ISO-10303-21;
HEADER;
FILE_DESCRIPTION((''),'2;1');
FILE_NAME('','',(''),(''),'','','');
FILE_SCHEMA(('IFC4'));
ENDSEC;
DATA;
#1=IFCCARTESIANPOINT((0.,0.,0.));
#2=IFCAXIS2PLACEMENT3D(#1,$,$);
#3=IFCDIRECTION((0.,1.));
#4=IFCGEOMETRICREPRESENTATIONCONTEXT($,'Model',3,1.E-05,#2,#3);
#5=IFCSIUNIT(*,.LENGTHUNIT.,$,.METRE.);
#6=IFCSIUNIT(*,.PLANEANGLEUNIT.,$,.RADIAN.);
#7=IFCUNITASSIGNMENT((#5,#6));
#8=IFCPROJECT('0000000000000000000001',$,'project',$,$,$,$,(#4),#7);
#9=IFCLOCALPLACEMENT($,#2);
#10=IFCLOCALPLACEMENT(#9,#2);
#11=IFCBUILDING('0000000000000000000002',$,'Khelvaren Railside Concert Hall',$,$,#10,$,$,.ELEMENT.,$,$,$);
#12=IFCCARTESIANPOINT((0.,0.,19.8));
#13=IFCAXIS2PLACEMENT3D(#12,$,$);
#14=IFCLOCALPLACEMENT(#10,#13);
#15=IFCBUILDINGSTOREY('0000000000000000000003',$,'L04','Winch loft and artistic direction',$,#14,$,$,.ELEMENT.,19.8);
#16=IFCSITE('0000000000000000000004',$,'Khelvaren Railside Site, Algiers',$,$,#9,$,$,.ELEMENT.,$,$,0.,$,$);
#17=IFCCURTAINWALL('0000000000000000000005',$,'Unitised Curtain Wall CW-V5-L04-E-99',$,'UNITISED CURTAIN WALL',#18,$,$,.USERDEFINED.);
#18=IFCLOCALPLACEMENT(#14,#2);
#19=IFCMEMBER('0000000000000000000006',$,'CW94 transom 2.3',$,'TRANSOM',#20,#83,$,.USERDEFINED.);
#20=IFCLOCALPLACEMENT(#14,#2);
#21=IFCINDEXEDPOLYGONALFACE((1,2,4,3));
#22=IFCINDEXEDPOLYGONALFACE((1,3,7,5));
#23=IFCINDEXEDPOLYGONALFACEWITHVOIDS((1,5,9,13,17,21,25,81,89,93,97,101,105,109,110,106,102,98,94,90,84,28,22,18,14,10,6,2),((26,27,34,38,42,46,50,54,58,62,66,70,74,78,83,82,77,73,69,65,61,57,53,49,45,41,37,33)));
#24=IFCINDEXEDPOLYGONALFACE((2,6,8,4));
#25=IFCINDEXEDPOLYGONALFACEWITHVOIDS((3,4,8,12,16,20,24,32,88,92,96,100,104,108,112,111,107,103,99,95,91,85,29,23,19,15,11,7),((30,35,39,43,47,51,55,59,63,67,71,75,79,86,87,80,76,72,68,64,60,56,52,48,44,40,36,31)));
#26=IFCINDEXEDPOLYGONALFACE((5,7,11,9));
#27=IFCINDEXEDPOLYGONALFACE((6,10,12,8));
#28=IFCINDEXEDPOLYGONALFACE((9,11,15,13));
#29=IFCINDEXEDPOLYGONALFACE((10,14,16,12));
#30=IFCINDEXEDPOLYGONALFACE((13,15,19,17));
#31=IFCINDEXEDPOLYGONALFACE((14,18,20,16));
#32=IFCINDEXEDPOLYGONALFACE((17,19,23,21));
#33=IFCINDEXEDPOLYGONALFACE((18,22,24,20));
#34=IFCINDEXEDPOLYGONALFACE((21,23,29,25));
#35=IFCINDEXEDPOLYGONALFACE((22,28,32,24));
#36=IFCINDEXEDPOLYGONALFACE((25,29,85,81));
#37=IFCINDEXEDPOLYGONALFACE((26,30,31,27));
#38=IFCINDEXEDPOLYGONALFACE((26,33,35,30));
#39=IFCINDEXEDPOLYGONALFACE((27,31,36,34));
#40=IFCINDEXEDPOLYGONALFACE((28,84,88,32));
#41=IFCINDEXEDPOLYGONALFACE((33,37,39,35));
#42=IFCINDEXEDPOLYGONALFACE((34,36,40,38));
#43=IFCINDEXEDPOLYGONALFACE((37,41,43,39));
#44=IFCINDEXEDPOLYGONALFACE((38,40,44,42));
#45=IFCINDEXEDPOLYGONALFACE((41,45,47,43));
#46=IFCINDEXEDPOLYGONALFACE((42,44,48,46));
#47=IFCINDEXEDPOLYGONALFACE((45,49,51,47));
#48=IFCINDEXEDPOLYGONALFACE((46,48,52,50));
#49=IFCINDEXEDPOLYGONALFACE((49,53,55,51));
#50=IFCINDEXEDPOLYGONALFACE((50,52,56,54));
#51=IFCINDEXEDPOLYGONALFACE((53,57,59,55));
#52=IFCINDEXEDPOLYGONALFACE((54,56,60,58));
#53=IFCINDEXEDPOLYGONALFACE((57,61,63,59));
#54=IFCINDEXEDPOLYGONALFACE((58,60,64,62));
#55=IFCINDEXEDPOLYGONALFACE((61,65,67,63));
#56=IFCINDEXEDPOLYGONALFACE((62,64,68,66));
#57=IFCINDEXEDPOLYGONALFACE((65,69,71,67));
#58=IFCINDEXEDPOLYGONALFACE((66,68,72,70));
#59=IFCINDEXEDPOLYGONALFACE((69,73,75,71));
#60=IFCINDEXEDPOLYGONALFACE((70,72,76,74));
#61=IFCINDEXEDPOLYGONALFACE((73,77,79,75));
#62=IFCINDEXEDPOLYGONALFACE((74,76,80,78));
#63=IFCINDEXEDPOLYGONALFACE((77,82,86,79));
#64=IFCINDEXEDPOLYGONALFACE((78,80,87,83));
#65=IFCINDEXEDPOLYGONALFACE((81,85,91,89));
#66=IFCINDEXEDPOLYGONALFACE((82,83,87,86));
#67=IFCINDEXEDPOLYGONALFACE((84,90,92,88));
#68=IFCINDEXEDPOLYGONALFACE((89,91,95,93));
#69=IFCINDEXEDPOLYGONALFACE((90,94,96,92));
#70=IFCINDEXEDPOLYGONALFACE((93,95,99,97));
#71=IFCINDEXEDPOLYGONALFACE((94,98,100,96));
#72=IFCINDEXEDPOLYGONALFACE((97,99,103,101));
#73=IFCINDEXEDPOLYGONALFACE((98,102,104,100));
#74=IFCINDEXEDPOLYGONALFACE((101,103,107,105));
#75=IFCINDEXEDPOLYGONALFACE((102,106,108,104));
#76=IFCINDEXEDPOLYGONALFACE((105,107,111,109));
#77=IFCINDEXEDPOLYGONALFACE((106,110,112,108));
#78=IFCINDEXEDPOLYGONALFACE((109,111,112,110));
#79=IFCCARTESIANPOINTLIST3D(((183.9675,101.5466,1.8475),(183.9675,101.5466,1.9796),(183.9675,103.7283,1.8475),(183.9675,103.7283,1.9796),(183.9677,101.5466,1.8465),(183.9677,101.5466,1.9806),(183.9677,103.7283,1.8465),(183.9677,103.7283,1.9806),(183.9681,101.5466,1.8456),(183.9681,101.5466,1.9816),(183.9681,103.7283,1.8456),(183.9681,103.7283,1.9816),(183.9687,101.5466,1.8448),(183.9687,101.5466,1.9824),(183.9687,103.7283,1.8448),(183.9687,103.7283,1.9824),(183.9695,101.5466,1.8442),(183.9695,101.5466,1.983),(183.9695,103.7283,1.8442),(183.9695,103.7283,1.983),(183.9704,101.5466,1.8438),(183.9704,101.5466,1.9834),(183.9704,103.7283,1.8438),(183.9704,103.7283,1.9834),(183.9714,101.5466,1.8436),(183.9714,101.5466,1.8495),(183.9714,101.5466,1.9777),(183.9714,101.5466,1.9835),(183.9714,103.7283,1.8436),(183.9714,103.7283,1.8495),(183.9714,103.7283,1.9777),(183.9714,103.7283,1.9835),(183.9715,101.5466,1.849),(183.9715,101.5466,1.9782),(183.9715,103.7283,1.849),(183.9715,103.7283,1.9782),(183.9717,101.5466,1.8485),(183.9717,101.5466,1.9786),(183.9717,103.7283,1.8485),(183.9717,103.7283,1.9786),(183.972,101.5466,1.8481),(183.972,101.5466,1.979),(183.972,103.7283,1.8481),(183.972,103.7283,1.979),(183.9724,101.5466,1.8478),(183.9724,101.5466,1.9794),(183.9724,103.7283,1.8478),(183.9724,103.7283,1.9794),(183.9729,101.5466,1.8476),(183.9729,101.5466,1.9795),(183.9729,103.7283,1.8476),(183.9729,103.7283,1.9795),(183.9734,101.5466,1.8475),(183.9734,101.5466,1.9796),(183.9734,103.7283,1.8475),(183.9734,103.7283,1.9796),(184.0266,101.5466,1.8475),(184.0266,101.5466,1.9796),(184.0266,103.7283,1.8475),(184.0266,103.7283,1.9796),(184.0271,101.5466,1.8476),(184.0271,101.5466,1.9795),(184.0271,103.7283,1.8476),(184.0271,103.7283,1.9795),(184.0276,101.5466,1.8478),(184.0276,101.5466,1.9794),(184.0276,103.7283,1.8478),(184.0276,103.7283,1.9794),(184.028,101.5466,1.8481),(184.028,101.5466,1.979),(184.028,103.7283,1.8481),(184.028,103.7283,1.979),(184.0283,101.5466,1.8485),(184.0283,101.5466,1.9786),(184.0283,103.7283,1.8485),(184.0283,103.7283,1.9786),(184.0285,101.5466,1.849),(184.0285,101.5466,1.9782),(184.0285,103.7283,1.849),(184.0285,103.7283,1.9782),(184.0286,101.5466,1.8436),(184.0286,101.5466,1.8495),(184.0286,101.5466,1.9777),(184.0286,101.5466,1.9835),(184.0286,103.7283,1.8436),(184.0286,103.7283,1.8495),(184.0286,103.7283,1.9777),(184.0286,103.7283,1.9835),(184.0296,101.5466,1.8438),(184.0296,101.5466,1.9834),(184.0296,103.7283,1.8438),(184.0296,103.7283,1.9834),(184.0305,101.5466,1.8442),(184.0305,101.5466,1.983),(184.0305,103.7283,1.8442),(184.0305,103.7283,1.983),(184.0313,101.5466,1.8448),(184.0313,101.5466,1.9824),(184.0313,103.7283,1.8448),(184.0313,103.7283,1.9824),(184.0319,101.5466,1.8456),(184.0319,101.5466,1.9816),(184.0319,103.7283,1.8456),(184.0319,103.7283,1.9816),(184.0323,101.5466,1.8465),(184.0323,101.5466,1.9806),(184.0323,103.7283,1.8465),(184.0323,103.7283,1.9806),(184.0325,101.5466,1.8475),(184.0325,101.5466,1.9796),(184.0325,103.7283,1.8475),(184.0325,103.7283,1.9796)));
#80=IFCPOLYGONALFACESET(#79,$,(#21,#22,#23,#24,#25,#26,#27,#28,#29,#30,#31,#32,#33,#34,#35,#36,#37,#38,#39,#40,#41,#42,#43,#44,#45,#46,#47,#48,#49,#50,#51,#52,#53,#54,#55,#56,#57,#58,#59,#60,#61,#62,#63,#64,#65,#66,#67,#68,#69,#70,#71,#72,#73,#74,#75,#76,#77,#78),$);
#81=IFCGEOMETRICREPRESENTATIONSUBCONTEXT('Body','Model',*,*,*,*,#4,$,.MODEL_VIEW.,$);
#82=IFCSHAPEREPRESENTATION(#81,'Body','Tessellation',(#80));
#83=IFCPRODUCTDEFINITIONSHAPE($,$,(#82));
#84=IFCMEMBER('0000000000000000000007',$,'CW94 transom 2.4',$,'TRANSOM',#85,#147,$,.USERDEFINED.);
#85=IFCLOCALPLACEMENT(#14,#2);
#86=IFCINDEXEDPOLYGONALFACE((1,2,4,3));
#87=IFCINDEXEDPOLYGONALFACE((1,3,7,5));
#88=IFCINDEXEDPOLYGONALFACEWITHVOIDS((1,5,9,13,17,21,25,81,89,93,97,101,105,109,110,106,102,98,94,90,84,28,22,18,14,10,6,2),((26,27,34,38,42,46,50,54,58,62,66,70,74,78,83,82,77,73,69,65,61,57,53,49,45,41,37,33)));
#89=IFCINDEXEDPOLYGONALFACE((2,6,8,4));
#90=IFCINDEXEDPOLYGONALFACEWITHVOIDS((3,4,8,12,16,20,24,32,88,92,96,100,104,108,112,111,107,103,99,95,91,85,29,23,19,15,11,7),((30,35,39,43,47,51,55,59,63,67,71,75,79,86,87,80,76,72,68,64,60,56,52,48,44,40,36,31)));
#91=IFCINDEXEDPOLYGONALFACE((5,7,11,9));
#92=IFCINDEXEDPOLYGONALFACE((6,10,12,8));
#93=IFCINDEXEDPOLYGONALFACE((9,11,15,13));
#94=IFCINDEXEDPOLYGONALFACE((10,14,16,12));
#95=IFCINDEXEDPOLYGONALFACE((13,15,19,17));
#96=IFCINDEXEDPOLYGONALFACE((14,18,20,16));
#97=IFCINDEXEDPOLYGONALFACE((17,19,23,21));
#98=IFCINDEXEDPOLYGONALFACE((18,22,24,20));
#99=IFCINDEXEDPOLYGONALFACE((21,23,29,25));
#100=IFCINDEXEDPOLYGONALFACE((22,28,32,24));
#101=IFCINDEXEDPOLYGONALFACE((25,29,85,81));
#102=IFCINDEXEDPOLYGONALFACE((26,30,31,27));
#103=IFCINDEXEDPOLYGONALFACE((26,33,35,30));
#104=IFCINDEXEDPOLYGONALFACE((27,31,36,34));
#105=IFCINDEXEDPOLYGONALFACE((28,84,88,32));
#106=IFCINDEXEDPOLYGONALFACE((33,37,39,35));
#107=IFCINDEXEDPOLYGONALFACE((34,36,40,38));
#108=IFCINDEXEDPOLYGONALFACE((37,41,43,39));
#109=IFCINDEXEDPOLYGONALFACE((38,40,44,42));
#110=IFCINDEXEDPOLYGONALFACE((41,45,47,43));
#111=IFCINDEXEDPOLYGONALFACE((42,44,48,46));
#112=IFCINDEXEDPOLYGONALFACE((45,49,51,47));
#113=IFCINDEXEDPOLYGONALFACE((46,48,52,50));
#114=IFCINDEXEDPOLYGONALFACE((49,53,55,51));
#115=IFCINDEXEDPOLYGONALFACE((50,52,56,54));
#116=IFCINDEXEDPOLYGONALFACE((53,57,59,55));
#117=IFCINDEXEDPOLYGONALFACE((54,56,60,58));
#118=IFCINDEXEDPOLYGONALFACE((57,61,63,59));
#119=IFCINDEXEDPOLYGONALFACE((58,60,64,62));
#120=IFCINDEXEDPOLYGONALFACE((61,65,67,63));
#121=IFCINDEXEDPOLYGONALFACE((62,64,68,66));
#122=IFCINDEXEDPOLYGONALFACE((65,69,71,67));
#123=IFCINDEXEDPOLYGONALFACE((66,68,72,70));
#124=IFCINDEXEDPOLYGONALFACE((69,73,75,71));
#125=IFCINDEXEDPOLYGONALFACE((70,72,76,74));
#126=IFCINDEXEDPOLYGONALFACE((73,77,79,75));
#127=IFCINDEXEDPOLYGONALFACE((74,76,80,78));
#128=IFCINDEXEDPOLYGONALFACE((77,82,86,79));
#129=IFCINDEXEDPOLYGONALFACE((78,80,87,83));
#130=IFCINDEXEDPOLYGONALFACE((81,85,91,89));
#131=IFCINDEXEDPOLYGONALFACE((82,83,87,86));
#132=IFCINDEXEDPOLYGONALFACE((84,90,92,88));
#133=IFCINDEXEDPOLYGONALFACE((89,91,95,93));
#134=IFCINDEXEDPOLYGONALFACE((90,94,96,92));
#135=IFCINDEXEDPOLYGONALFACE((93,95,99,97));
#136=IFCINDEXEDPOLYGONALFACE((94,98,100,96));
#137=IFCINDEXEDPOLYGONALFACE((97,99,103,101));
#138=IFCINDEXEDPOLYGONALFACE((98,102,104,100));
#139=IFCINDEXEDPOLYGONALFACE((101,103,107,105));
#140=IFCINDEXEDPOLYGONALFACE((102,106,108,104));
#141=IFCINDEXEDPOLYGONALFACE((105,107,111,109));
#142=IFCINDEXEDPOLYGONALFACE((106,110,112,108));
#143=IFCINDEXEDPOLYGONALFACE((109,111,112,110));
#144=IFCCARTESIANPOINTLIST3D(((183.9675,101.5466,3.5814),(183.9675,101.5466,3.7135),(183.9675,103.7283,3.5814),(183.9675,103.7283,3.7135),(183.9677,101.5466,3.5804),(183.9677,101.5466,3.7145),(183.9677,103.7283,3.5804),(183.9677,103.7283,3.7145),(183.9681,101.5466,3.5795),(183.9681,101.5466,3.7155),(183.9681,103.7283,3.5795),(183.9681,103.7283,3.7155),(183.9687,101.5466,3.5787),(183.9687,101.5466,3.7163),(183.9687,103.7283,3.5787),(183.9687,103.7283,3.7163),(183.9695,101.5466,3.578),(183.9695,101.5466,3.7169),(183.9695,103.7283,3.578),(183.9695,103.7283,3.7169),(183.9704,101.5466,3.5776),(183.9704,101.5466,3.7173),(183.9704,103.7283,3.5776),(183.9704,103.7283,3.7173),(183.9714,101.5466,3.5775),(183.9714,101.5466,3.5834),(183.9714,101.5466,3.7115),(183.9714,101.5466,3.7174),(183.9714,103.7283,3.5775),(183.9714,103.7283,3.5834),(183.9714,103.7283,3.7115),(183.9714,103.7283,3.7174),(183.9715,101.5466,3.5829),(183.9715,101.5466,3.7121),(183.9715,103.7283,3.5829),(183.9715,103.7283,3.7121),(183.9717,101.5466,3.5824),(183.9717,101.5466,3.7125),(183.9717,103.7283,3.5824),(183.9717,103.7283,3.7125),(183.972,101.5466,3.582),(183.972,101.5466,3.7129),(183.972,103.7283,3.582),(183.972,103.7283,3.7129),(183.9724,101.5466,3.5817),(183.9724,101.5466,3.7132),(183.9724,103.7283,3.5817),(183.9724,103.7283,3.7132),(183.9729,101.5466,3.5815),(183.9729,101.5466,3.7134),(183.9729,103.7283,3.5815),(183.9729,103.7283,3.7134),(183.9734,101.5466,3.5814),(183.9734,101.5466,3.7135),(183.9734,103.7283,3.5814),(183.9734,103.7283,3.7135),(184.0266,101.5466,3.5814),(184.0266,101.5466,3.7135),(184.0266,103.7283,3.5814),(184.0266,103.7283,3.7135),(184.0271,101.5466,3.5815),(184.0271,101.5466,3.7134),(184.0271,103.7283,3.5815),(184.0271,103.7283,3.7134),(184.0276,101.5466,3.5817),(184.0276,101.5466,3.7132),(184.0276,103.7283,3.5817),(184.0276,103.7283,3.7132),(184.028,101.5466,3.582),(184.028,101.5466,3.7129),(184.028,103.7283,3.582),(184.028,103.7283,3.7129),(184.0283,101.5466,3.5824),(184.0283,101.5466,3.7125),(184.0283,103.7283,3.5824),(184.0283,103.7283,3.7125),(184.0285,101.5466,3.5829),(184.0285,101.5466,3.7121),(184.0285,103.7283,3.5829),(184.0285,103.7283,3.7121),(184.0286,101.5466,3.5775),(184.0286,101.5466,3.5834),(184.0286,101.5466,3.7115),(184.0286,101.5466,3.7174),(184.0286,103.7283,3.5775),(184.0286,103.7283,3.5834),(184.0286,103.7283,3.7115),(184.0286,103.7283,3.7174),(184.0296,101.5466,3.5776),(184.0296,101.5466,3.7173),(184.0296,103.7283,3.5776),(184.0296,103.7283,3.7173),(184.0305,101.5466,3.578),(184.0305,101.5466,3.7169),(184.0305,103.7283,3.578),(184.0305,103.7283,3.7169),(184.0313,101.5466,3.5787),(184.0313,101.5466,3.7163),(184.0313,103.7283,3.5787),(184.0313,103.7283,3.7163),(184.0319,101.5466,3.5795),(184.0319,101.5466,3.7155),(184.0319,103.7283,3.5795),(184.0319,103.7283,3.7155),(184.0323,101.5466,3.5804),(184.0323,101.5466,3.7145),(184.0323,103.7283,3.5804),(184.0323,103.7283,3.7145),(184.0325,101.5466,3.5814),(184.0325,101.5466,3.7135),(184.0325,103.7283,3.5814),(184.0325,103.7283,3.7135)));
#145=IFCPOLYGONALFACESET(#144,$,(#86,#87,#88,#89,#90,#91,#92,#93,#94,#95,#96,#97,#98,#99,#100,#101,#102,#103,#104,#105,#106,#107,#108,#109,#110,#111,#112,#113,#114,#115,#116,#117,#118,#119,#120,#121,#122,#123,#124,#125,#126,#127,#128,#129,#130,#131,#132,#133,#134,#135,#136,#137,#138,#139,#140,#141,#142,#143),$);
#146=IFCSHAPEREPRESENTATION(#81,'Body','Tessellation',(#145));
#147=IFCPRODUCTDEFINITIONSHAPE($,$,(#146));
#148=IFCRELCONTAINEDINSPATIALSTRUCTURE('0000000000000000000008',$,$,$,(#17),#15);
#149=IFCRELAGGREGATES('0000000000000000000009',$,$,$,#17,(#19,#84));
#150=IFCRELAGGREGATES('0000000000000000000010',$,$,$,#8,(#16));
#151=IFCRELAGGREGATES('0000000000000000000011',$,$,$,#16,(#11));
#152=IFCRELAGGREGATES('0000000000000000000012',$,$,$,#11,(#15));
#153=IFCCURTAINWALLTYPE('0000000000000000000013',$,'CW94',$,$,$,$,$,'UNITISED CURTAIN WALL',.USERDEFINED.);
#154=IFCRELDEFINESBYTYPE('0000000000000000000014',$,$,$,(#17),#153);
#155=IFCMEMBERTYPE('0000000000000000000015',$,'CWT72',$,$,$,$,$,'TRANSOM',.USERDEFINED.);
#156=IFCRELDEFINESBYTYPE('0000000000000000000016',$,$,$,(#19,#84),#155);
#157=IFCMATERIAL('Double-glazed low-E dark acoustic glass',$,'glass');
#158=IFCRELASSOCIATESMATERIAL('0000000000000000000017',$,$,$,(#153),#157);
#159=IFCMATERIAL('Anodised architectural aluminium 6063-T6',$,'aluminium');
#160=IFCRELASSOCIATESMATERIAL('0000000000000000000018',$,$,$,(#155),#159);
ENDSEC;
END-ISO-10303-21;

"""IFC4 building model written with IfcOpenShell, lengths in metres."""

from ifc_helpers import new_model, si_unit, direction, frame, origin, origin_2d, place, context, subcontext, project, spatial, hollow_rectangle, extrude, material, material_profile, profile_set, type_object, element, aggregate, save


model = new_model("IFC4")

# Units and contexts
model_context = context("Model", 3, precision=1e-05, world=origin(), true_north=direction((0.0, 1.0)))
body_context = subcontext(model_context, "Body", "Model", "MODEL_VIEW")
ifc_project = project(units=[si_unit("LENGTHUNIT", "METRE"), si_unit("PLANEANGLEUNIT", "RADIAN")], contexts=[model_context])

# Site, building, storey
site_placement = place(None, origin())
site = spatial("IfcSite", under=ifc_project, at=site_placement, Name="Khelvaren Railside Site, Algiers", CompositionType="ELEMENT", RefElevation=0.0)
building_placement = place(site_placement, origin())
building = spatial("IfcBuilding", under=site, at=building_placement, Name="Khelvaren Railside Concert Hall", CompositionType="ELEMENT")
storey_placement = place(building_placement, frame((0.0, 0.0, 19.8)))
storey = spatial("IfcBuildingStorey", under=building, at=storey_placement, Name="L04", Description="Winch loft and artistic direction", CompositionType="ELEMENT", Elevation=19.8)

# Curtain wall
ifc_material_1 = material(Name="Double-glazed low-E dark acoustic glass", Category="glass")
ifc_material_2 = material(Name="Anodised architectural aluminium 6063-T6", Category="aluminium")
curtain_wall_type_1 = type_object("IfcCurtainWallType", Name="CW94", ElementType="UNITISED CURTAIN WALL", PredefinedType="USERDEFINED", material=ifc_material_1)
curtain_wall_1_placement = place(storey_placement, origin())
curtain_wall_1 = element("IfcCurtainWall", 1, at=curtain_wall_1_placement, inside=storey, type_object=curtain_wall_type_1, Name="Unitised Curtain Wall CW-V5-L04-E-99", ObjectType="UNITISED CURTAIN WALL", PredefinedType="USERDEFINED")

# Members
ifc_material_profile_1 = material_profile(ifc_material_2, hollow_rectangle(XDim=0.0649, YDim=0.1399, WallThickness=0.0039, InnerFilletRadius=0.002, OuterFilletRadius=0.0039, at=origin_2d()), Name="CWT 65x140x4")
ifc_profile_set_1 = profile_set([ifc_material_profile_1], Name="Anodised architectural aluminium 6063-T6")
member_type_1 = type_object("IfcMemberType", Name="CWT72", ElementType="TRANSOM", PredefinedType="USERDEFINED", material=ifc_profile_set_1)
member_1_placement = place(storey_placement, frame((184.0, 103.7283, 1.9136), z_axis=(0.0, -1.0, 0.0), x_axis=(1.0, 0.0, 0.0)))
member_1 = element("IfcMember", 2, at=member_1_placement, type_object=member_type_1, Name="CW94 transom 2.3", ObjectType="TRANSOM", PredefinedType="USERDEFINED", context=body_context, shape_type="SweptSolid", body=[
    extrude(hollow_rectangle(XDim=0.0649, YDim=0.1399, WallThickness=0.0039, InnerFilletRadius=0.002, OuterFilletRadius=0.0039, at=origin_2d()), origin(), (0.0, 0.0, 1.0), 2.1816),
])
member_2_placement = place(storey_placement, frame((184.0, 103.7283, 3.6475), z_axis=(0.0, -1.0, 0.0), x_axis=(1.0, 0.0, 0.0)))
member_2 = element("IfcMember", 3, at=member_2_placement, type_object=member_type_1, Name="CW94 transom 2.4", ObjectType="TRANSOM", PredefinedType="USERDEFINED", context=body_context, shape_type="SweptSolid", body=[
    extrude(hollow_rectangle(XDim=0.0649, YDim=0.1399, WallThickness=0.0039, InnerFilletRadius=0.002, OuterFilletRadius=0.0039, at=origin_2d()), origin(), (0.0, 0.0, 1.0), 2.1816),
])

aggregate(curtain_wall_1, [member_1, member_2])

save(model, "model.ifc")
